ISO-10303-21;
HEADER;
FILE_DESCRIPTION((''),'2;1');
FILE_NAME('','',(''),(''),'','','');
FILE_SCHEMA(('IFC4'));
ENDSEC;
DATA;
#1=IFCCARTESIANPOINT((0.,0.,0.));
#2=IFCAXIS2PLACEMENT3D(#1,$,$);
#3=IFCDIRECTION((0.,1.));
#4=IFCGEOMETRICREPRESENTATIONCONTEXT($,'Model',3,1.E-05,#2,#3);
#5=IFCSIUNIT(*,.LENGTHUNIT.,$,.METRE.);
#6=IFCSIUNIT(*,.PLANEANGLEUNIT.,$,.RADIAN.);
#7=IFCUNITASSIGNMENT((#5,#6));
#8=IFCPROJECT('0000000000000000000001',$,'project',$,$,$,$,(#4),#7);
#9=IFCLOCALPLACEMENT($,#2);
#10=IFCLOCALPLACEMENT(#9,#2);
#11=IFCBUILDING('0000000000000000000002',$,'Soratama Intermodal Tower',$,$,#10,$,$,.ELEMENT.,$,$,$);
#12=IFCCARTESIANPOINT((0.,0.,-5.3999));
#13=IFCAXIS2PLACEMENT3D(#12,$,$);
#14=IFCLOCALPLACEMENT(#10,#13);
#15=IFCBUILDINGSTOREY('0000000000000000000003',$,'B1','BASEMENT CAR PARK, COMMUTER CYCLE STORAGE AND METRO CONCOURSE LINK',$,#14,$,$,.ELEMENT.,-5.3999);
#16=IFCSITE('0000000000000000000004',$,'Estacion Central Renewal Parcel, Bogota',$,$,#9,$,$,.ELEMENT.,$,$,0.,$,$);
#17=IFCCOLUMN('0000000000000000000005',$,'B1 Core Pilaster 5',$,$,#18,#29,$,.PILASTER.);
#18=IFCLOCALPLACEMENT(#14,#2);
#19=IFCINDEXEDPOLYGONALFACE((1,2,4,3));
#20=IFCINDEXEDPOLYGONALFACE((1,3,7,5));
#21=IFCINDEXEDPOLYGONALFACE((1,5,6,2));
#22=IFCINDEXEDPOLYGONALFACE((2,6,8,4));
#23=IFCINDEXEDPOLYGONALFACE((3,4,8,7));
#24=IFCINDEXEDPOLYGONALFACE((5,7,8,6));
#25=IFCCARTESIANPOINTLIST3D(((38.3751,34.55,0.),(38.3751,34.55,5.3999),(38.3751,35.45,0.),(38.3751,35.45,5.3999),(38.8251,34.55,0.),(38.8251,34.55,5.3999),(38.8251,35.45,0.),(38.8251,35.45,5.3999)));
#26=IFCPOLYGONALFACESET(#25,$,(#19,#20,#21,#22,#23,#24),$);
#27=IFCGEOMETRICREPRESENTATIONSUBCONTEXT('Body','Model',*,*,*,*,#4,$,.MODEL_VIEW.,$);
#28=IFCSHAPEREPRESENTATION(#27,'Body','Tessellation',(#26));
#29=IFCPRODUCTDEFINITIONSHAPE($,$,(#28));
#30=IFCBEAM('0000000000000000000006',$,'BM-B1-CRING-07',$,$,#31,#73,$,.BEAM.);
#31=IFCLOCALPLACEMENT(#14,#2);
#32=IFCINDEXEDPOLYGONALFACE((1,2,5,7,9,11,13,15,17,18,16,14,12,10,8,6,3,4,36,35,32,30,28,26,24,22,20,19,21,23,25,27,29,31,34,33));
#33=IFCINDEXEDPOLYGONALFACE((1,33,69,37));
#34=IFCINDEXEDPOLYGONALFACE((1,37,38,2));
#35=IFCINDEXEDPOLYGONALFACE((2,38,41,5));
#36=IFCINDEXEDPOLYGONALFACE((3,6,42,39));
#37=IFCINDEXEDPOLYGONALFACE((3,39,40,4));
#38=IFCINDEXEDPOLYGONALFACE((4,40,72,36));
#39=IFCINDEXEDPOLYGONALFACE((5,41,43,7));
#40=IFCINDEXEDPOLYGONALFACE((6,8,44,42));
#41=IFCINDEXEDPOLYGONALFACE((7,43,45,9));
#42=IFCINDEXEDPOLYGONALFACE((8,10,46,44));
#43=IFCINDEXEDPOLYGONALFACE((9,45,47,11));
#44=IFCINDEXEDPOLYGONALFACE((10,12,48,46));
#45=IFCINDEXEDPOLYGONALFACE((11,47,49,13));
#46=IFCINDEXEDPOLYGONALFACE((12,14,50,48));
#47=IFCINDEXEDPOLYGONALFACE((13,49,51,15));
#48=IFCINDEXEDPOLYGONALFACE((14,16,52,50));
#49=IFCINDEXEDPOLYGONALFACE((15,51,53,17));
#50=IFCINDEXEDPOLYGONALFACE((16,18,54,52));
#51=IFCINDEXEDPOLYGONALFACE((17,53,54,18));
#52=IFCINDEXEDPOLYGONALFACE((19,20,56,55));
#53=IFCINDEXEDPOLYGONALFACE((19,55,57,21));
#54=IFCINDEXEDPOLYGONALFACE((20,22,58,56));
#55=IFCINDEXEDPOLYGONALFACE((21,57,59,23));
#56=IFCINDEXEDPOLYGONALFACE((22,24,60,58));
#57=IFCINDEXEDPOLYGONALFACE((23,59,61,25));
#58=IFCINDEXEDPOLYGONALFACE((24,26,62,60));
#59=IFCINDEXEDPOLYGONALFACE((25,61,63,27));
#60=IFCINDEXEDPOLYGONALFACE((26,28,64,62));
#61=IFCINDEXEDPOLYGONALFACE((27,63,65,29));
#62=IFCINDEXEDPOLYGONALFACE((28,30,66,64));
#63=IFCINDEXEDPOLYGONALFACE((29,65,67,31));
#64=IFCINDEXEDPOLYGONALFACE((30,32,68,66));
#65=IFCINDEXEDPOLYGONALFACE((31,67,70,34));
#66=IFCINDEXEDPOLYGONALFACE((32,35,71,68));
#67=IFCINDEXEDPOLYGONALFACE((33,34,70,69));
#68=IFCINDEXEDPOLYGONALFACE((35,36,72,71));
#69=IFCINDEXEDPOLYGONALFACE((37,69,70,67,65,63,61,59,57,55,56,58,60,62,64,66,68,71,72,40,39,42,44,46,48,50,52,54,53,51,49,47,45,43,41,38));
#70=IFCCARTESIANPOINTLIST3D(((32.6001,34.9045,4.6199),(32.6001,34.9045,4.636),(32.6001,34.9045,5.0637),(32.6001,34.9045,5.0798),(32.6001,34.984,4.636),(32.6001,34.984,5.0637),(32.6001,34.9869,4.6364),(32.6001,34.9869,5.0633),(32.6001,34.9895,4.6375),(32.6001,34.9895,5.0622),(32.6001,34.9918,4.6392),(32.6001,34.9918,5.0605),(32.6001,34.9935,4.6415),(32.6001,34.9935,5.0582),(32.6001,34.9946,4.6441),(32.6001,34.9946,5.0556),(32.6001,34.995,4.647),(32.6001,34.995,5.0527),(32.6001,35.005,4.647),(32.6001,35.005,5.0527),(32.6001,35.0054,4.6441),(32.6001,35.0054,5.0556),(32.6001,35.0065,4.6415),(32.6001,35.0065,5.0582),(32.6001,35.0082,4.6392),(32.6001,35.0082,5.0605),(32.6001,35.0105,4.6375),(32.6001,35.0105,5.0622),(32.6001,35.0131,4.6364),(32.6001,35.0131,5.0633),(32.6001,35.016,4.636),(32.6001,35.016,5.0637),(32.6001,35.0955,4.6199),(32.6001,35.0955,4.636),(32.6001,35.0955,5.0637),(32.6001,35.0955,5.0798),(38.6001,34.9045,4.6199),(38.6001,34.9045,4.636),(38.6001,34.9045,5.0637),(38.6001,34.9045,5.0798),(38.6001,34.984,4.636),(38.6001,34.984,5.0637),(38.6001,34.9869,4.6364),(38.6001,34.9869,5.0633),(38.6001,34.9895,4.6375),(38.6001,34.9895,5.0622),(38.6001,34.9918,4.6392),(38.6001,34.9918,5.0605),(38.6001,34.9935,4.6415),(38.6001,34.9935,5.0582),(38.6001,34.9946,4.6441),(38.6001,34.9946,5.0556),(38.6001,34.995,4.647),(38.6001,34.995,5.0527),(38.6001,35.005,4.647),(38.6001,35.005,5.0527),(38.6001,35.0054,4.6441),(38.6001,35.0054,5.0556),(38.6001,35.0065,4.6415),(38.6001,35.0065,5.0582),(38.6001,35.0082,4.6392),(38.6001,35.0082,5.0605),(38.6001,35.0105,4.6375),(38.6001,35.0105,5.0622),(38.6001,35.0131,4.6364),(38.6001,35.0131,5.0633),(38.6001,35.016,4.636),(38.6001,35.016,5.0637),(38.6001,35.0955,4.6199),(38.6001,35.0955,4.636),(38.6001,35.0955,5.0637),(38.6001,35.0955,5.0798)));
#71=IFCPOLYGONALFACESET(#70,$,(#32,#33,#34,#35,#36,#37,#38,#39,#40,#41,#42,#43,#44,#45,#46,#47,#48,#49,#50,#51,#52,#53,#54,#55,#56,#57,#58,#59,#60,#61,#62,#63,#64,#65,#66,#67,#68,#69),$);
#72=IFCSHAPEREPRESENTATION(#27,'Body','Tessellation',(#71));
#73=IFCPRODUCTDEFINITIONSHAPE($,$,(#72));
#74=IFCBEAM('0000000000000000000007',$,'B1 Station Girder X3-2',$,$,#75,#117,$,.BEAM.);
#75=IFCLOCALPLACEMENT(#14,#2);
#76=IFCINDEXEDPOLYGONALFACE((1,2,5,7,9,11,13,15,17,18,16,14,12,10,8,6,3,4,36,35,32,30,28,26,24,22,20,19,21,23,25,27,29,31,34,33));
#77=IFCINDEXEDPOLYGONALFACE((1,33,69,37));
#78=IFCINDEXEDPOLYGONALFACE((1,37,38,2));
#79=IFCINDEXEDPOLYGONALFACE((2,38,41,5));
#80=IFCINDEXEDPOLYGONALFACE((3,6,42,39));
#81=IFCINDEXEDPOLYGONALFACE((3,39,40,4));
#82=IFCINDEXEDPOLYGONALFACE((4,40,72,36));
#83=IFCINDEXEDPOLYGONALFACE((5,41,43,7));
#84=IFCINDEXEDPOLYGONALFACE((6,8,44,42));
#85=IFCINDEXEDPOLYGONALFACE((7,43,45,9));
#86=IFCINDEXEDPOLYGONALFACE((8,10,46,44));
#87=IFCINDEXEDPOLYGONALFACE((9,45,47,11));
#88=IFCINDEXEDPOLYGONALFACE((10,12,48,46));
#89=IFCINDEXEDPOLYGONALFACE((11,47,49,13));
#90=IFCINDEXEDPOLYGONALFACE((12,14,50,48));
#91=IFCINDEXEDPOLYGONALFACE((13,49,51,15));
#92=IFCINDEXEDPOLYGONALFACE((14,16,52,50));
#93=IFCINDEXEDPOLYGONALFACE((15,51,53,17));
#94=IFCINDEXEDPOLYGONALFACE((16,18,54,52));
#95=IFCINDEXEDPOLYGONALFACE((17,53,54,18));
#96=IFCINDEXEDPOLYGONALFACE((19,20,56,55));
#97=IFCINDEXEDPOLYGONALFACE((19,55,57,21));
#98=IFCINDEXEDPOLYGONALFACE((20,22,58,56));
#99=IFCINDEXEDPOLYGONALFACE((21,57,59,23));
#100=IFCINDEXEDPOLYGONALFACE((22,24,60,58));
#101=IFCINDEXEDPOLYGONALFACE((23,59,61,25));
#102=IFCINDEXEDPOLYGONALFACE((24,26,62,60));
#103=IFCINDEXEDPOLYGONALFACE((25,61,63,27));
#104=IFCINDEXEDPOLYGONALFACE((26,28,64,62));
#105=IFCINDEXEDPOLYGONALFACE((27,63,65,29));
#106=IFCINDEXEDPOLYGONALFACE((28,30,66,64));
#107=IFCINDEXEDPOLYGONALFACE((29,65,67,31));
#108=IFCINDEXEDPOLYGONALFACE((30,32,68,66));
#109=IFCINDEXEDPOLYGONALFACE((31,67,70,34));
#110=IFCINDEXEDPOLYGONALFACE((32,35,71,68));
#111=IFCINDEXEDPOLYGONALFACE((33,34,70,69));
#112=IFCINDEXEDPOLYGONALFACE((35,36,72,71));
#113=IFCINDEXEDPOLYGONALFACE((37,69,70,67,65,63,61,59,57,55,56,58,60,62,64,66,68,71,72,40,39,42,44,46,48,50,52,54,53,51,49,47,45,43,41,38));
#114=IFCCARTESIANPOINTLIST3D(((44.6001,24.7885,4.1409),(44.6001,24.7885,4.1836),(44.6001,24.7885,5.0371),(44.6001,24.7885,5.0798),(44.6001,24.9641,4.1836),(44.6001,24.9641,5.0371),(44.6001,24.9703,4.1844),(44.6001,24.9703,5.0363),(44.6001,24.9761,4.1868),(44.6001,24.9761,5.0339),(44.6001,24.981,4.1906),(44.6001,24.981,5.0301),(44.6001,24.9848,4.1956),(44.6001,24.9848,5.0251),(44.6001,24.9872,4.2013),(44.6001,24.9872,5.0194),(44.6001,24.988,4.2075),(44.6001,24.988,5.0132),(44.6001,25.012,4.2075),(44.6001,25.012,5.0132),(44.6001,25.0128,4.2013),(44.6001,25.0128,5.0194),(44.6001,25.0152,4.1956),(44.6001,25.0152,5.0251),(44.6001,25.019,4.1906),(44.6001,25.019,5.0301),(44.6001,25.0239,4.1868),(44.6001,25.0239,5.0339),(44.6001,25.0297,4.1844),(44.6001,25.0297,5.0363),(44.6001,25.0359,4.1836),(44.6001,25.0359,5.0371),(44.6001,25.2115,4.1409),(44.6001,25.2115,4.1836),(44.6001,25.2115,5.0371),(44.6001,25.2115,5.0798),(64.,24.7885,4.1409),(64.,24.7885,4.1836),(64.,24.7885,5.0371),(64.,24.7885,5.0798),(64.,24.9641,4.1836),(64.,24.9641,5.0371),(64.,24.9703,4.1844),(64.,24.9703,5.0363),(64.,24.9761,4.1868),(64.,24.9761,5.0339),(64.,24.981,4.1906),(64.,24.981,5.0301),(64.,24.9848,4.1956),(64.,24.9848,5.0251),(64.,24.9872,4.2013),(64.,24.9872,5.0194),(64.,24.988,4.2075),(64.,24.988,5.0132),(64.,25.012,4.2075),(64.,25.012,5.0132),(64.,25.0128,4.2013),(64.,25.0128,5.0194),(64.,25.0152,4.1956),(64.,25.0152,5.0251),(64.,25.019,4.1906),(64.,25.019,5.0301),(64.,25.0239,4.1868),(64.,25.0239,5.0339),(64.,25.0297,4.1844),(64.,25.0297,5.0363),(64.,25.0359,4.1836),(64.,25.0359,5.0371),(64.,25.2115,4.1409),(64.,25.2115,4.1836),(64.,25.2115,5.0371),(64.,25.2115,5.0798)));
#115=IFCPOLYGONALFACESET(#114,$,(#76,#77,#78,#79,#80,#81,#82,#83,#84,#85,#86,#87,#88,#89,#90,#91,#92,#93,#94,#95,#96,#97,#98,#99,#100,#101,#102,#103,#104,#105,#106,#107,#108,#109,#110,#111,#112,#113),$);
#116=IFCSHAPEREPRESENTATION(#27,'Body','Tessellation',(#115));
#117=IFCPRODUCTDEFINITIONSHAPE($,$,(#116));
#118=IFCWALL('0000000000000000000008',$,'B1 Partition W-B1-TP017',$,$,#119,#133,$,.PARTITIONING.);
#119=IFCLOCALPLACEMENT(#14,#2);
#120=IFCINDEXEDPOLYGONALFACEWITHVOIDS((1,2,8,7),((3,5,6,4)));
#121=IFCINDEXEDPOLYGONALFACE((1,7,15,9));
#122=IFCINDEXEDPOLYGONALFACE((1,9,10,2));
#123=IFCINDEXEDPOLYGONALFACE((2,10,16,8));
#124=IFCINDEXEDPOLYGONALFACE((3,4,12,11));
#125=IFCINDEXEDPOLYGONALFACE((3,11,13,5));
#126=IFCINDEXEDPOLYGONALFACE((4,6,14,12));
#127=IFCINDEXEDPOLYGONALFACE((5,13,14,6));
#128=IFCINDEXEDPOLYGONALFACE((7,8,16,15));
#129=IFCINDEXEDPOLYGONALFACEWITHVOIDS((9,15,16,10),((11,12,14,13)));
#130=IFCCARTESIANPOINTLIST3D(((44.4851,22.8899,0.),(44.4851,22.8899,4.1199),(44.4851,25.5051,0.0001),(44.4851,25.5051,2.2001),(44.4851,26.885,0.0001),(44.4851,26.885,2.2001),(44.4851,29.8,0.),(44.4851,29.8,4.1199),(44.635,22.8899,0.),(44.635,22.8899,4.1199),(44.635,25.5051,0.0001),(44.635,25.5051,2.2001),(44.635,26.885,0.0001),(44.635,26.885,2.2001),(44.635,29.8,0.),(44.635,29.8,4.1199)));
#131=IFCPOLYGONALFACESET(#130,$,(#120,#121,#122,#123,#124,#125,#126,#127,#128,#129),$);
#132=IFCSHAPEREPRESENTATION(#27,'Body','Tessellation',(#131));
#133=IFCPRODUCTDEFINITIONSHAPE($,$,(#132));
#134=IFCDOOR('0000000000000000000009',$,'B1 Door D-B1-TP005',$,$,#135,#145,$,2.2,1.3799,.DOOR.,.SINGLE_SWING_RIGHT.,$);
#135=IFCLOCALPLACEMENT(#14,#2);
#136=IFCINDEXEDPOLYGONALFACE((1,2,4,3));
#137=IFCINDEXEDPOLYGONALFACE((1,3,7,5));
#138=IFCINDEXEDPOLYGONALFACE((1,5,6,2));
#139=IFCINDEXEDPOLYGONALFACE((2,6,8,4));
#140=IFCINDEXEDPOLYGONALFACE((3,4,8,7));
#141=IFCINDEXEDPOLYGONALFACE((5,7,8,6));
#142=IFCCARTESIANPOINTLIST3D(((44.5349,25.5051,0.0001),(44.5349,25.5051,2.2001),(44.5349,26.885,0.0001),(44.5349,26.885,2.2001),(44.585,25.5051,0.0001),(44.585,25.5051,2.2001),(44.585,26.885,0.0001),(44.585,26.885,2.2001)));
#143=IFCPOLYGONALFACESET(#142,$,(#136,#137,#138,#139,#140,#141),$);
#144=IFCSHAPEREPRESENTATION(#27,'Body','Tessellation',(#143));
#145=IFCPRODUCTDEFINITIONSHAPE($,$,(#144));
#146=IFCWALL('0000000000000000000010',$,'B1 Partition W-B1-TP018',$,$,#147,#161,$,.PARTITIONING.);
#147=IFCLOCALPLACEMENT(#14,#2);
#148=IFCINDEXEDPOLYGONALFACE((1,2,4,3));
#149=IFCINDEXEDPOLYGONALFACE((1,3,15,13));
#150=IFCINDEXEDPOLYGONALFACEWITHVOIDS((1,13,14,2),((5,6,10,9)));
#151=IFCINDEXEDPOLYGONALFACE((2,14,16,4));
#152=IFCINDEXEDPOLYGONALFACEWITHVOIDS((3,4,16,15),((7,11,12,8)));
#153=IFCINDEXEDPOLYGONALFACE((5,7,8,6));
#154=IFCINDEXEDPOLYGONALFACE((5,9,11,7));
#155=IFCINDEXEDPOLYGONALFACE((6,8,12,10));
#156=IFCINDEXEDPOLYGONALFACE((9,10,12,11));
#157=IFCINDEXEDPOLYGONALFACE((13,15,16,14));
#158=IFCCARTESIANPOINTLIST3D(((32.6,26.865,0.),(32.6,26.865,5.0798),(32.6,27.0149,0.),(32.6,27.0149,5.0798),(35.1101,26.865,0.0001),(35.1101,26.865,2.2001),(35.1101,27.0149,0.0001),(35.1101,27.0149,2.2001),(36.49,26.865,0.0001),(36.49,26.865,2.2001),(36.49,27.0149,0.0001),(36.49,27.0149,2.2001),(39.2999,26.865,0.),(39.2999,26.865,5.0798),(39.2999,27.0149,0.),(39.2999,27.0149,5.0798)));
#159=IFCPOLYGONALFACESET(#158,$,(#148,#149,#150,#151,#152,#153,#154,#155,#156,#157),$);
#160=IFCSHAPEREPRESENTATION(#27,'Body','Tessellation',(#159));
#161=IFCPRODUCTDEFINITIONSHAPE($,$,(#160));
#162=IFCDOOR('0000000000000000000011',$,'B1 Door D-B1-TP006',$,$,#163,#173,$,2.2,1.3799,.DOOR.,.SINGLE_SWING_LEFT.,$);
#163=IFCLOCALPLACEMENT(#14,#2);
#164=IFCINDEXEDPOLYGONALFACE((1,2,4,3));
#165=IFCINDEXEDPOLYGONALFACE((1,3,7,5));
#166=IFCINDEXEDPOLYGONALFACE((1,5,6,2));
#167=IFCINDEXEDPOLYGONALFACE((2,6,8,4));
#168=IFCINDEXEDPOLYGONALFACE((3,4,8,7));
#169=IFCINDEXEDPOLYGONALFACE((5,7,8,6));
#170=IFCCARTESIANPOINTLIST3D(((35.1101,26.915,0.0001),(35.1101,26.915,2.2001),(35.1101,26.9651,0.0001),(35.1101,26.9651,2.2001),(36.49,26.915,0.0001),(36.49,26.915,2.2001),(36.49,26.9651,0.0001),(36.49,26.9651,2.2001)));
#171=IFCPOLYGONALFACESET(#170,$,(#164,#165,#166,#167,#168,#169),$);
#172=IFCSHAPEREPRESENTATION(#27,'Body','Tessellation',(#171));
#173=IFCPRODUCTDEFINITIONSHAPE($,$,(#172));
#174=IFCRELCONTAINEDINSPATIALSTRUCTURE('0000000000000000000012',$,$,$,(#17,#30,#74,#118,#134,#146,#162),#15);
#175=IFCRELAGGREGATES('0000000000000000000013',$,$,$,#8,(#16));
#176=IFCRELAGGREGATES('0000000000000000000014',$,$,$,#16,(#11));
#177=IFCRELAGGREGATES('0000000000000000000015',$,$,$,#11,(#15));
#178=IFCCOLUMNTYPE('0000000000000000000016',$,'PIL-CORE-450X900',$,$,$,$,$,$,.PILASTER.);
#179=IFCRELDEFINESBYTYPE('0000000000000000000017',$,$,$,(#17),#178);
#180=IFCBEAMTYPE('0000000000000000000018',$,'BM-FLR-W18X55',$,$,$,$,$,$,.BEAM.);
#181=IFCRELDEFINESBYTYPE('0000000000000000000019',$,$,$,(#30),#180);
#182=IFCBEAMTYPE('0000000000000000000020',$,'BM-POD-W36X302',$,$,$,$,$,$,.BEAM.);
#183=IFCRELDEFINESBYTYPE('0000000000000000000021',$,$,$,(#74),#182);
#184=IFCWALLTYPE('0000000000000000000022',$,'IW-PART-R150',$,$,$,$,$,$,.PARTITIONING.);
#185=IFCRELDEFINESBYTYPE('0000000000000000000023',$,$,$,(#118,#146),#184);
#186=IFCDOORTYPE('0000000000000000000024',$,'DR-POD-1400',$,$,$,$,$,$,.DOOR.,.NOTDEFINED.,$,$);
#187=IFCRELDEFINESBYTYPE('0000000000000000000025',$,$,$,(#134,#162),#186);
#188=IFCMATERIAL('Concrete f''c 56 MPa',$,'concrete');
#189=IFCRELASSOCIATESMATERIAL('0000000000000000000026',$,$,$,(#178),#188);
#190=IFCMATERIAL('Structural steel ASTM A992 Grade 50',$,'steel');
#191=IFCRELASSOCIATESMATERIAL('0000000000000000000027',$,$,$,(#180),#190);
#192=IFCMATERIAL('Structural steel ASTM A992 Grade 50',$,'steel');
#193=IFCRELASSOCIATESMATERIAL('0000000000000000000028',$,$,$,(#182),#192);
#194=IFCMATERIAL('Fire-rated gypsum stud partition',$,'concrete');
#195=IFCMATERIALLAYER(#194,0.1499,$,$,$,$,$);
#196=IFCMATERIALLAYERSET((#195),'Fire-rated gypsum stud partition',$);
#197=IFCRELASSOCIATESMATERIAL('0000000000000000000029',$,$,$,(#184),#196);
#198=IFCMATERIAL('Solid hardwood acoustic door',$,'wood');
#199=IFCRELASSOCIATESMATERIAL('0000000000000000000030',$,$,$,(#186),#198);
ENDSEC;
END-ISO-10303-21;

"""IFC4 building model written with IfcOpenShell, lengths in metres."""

from ifc_helpers import new_model, si_unit, direction, frame, frame_2d, origin, origin_2d, place, context, subcontext, project, spatial, rectangle, i_section, extrude, material, layer, layer_set, material_profile, profile_set, type_object, element, fill, save


model = new_model("IFC4")

# Units and contexts
model_context = context("Model", 3, precision=1e-05, world=origin(), true_north=direction((0.0, 1.0)))
body_context = subcontext(model_context, "Body", "Model", "MODEL_VIEW")
ifc_project = project(units=[si_unit("LENGTHUNIT", "METRE"), si_unit("PLANEANGLEUNIT", "RADIAN")], contexts=[model_context])

# Site, building, storey
site_placement = place(None, origin())
site = spatial("IfcSite", under=ifc_project, at=site_placement, Name="Estacion Central Renewal Parcel, Bogota", CompositionType="ELEMENT", RefElevation=0.0)
building_placement = place(site_placement, origin())
building = spatial("IfcBuilding", under=site, at=building_placement, Name="Soratama Intermodal Tower", CompositionType="ELEMENT")
storey_placement = place(building_placement, frame((0.0, 0.0, -5.3999)))
storey = spatial("IfcBuildingStorey", under=building, at=storey_placement, Name="B1", Description="BASEMENT CAR PARK, COMMUTER CYCLE STORAGE AND METRO CONCOURSE LINK", CompositionType="ELEMENT", Elevation=-5.3999)

# Column
ifc_material_1 = material(Name="Concrete f'c 56 MPa", Category="concrete")
ifc_material_profile_1 = material_profile(ifc_material_1, rectangle(XDim=0.45, YDim=0.8999, at=origin_2d()), Name="RC450X900")
ifc_profile_set_1 = profile_set([ifc_material_profile_1], Name="Concrete f'c 56 MPa")
column_type = type_object("IfcColumnType", Name="PIL-CORE-450X900", PredefinedType="PILASTER", material=ifc_profile_set_1)
column_placement = place(storey_placement, frame((38.6001, 35.0, 0.0), z_axis=(0.0, 0.0, 1.0), x_axis=(1.0, 0.0, 0.0)))
element("IfcColumn", 1, at=column_placement, inside=storey, type_object=column_type, Name="B1 Core Pilaster 5", PredefinedType="PILASTER", context=body_context, shape_type="SweptSolid", body=[
    extrude(rectangle(XDim=0.45, YDim=0.8999, at=origin_2d()), origin(), (0.0, 0.0, 1.0), 5.3999),
])

# Beams
ifc_material_2 = material(Name="Structural steel ASTM A992 Grade 50", Category="steel")
ifc_material_profile_2 = material_profile(ifc_material_2, i_section(OverallWidth=0.1909, OverallDepth=0.46, WebThickness=0.01, FlangeThickness=0.0161, FilletRadius=0.011, at=origin_2d()), Name="W18X55")
ifc_profile_set_2 = profile_set([ifc_material_profile_2], Name="Structural steel ASTM A992 Grade 50")
beam_type_1 = type_object("IfcBeamType", Name="BM-FLR-W18X55", PredefinedType="BEAM", material=ifc_profile_set_2)
beam_1_placement = place(storey_placement, frame((38.6001, 35.0, 4.8499), z_axis=(-1.0, 0.0, 0.0), x_axis=(0.0, -1.0, 0.0)))
element("IfcBeam", 2, at=beam_1_placement, inside=storey, type_object=beam_type_1, Name="BM-B1-CRING-07", PredefinedType="BEAM", context=body_context, shape_type="SweptSolid", body=[
    extrude(i_section(OverallWidth=0.1909, OverallDepth=0.46, WebThickness=0.01, FlangeThickness=0.0161, FilletRadius=0.011, at=origin_2d()), origin(), (0.0, 0.0, 1.0), 6.0),
])
ifc_material_3 = material(Name="Structural steel ASTM A992 Grade 50", Category="steel")
ifc_material_profile_3 = material_profile(ifc_material_3, i_section(OverallWidth=0.4231, OverallDepth=0.939, WebThickness=0.0239, FlangeThickness=0.0427, FilletRadius=0.0239, at=origin_2d()), Name="W36X302")
ifc_profile_set_3 = profile_set([ifc_material_profile_3], Name="Structural steel ASTM A992 Grade 50")
beam_type_2 = type_object("IfcBeamType", Name="BM-POD-W36X302", PredefinedType="BEAM", material=ifc_profile_set_3)
beam_2_placement = place(storey_placement, frame((44.6001, 25.0, 4.6104), z_axis=(1.0, 0.0, 0.0), x_axis=(0.0, 1.0, 0.0)))
element("IfcBeam", 3, at=beam_2_placement, inside=storey, type_object=beam_type_2, Name="B1 Station Girder X3-2", PredefinedType="BEAM", context=body_context, shape_type="SweptSolid", body=[
    extrude(i_section(OverallWidth=0.4231, OverallDepth=0.939, WebThickness=0.0239, FlangeThickness=0.0427, FilletRadius=0.0239, at=origin_2d()), origin(), (0.0, 0.0, 1.0), 19.3999),
])

# Walls, openings, doors
ifc_material_4 = material(Name="Fire-rated gypsum stud partition", Category="concrete")
ifc_layer_1 = layer(ifc_material_4, 0.1499)
ifc_layer_set_1 = layer_set([ifc_layer_1], Name="Fire-rated gypsum stud partition")
wall_type_1 = type_object("IfcWallType", Name="IW-PART-R150", PredefinedType="PARTITIONING", material=ifc_layer_set_1)
wall_1_placement = place(storey_placement, frame((44.5601, 29.8, 0.0), z_axis=(0.0, 0.0, 1.0), x_axis=(0.0, -1.0, 0.0)))
wall_1 = element("IfcWall", 4, at=wall_1_placement, inside=storey, type_object=wall_type_1, Name="B1 Partition W-B1-TP017", PredefinedType="PARTITIONING", context=body_context, shape_type="SweptSolid", body=[
    extrude(rectangle(XDim=6.9102, YDim=0.1499, at=frame_2d((3.4551, 0.0))), origin(), (0.0, 0.0, 1.0), 4.1199),
])
opening_1_placement = place(wall_1_placement, frame((2.915, 0.0, 0.0)))
opening_1 = element("IfcOpeningElement", 5, at=opening_1_placement, cuts=wall_1, PredefinedType="OPENING", context=body_context, shape_type="SweptSolid", body=[
    extrude(rectangle(XDim=1.3799, YDim=2.2, at=frame_2d((0.6899, 1.1001))), frame((0.0, 0.085, 0.0), z_axis=(0.0, -1.0, 0.0), x_axis=(1.0, 0.0, 0.0)), (0.0, 0.0, 1.0), 0.1699),
])
ifc_material_5 = material(Name="Solid hardwood acoustic door", Category="wood")
door_type_1 = type_object("IfcDoorType", Name="DR-POD-1400", OperationType="NOTDEFINED", PredefinedType="DOOR", material=ifc_material_5)
door_1_placement = place(opening_1_placement, origin())
door_1 = element("IfcDoor", 6, at=door_1_placement, inside=storey, type_object=door_type_1, Name="B1 Door D-B1-TP005", OperationType="SINGLE_SWING_RIGHT", OverallHeight=2.2, OverallWidth=1.3799, PredefinedType="DOOR", context=body_context, shape_type="SweptSolid", body=[
    extrude(rectangle(XDim=1.3799, YDim=2.2, at=frame_2d((0.6899, 1.1001))), frame((0.0, 0.0249, 0.0), z_axis=(0.0, -1.0, 0.0), x_axis=(1.0, 0.0, 0.0)), (0.0, 0.0, 1.0), 0.05),
])
fill(opening_1, door_1)
wall_2_placement = place(storey_placement, frame((39.3, 26.9399, 0.0), z_axis=(0.0, 0.0, 1.0), x_axis=(-1.0, 0.0, 0.0)))
wall_2 = element("IfcWall", 7, at=wall_2_placement, inside=storey, type_object=wall_type_1, Name="B1 Partition W-B1-TP018", PredefinedType="PARTITIONING", context=body_context, shape_type="SweptSolid", body=[
    extrude(rectangle(XDim=6.7, YDim=0.1499, at=frame_2d((3.3501, 0.0))), origin(), (0.0, 0.0, 1.0), 5.0798),
])
opening_2_placement = place(wall_2_placement, frame((2.8101, 0.0, 0.0)))
opening_2 = element("IfcOpeningElement", 8, at=opening_2_placement, cuts=wall_2, PredefinedType="OPENING", context=body_context, shape_type="SweptSolid", body=[
    extrude(rectangle(XDim=1.3799, YDim=2.2, at=frame_2d((0.6899, 1.1001))), frame((0.0, 0.085, 0.0), z_axis=(0.0, -1.0, 0.0), x_axis=(1.0, 0.0, 0.0)), (0.0, 0.0, 1.0), 0.1699),
])
door_2_placement = place(opening_2_placement, origin())
door_2 = element("IfcDoor", 9, at=door_2_placement, inside=storey, type_object=door_type_1, Name="B1 Door D-B1-TP006", OperationType="SINGLE_SWING_LEFT", OverallHeight=2.2, OverallWidth=1.3799, PredefinedType="DOOR", context=body_context, shape_type="SweptSolid", body=[
    extrude(rectangle(XDim=1.3799, YDim=2.2, at=frame_2d((0.6899, 1.1001))), frame((0.0, 0.0249, 0.0), z_axis=(0.0, -1.0, 0.0), x_axis=(1.0, 0.0, 0.0)), (0.0, 0.0, 1.0), 0.05),
])
fill(opening_2, door_2)

save(model, "model.ifc")
